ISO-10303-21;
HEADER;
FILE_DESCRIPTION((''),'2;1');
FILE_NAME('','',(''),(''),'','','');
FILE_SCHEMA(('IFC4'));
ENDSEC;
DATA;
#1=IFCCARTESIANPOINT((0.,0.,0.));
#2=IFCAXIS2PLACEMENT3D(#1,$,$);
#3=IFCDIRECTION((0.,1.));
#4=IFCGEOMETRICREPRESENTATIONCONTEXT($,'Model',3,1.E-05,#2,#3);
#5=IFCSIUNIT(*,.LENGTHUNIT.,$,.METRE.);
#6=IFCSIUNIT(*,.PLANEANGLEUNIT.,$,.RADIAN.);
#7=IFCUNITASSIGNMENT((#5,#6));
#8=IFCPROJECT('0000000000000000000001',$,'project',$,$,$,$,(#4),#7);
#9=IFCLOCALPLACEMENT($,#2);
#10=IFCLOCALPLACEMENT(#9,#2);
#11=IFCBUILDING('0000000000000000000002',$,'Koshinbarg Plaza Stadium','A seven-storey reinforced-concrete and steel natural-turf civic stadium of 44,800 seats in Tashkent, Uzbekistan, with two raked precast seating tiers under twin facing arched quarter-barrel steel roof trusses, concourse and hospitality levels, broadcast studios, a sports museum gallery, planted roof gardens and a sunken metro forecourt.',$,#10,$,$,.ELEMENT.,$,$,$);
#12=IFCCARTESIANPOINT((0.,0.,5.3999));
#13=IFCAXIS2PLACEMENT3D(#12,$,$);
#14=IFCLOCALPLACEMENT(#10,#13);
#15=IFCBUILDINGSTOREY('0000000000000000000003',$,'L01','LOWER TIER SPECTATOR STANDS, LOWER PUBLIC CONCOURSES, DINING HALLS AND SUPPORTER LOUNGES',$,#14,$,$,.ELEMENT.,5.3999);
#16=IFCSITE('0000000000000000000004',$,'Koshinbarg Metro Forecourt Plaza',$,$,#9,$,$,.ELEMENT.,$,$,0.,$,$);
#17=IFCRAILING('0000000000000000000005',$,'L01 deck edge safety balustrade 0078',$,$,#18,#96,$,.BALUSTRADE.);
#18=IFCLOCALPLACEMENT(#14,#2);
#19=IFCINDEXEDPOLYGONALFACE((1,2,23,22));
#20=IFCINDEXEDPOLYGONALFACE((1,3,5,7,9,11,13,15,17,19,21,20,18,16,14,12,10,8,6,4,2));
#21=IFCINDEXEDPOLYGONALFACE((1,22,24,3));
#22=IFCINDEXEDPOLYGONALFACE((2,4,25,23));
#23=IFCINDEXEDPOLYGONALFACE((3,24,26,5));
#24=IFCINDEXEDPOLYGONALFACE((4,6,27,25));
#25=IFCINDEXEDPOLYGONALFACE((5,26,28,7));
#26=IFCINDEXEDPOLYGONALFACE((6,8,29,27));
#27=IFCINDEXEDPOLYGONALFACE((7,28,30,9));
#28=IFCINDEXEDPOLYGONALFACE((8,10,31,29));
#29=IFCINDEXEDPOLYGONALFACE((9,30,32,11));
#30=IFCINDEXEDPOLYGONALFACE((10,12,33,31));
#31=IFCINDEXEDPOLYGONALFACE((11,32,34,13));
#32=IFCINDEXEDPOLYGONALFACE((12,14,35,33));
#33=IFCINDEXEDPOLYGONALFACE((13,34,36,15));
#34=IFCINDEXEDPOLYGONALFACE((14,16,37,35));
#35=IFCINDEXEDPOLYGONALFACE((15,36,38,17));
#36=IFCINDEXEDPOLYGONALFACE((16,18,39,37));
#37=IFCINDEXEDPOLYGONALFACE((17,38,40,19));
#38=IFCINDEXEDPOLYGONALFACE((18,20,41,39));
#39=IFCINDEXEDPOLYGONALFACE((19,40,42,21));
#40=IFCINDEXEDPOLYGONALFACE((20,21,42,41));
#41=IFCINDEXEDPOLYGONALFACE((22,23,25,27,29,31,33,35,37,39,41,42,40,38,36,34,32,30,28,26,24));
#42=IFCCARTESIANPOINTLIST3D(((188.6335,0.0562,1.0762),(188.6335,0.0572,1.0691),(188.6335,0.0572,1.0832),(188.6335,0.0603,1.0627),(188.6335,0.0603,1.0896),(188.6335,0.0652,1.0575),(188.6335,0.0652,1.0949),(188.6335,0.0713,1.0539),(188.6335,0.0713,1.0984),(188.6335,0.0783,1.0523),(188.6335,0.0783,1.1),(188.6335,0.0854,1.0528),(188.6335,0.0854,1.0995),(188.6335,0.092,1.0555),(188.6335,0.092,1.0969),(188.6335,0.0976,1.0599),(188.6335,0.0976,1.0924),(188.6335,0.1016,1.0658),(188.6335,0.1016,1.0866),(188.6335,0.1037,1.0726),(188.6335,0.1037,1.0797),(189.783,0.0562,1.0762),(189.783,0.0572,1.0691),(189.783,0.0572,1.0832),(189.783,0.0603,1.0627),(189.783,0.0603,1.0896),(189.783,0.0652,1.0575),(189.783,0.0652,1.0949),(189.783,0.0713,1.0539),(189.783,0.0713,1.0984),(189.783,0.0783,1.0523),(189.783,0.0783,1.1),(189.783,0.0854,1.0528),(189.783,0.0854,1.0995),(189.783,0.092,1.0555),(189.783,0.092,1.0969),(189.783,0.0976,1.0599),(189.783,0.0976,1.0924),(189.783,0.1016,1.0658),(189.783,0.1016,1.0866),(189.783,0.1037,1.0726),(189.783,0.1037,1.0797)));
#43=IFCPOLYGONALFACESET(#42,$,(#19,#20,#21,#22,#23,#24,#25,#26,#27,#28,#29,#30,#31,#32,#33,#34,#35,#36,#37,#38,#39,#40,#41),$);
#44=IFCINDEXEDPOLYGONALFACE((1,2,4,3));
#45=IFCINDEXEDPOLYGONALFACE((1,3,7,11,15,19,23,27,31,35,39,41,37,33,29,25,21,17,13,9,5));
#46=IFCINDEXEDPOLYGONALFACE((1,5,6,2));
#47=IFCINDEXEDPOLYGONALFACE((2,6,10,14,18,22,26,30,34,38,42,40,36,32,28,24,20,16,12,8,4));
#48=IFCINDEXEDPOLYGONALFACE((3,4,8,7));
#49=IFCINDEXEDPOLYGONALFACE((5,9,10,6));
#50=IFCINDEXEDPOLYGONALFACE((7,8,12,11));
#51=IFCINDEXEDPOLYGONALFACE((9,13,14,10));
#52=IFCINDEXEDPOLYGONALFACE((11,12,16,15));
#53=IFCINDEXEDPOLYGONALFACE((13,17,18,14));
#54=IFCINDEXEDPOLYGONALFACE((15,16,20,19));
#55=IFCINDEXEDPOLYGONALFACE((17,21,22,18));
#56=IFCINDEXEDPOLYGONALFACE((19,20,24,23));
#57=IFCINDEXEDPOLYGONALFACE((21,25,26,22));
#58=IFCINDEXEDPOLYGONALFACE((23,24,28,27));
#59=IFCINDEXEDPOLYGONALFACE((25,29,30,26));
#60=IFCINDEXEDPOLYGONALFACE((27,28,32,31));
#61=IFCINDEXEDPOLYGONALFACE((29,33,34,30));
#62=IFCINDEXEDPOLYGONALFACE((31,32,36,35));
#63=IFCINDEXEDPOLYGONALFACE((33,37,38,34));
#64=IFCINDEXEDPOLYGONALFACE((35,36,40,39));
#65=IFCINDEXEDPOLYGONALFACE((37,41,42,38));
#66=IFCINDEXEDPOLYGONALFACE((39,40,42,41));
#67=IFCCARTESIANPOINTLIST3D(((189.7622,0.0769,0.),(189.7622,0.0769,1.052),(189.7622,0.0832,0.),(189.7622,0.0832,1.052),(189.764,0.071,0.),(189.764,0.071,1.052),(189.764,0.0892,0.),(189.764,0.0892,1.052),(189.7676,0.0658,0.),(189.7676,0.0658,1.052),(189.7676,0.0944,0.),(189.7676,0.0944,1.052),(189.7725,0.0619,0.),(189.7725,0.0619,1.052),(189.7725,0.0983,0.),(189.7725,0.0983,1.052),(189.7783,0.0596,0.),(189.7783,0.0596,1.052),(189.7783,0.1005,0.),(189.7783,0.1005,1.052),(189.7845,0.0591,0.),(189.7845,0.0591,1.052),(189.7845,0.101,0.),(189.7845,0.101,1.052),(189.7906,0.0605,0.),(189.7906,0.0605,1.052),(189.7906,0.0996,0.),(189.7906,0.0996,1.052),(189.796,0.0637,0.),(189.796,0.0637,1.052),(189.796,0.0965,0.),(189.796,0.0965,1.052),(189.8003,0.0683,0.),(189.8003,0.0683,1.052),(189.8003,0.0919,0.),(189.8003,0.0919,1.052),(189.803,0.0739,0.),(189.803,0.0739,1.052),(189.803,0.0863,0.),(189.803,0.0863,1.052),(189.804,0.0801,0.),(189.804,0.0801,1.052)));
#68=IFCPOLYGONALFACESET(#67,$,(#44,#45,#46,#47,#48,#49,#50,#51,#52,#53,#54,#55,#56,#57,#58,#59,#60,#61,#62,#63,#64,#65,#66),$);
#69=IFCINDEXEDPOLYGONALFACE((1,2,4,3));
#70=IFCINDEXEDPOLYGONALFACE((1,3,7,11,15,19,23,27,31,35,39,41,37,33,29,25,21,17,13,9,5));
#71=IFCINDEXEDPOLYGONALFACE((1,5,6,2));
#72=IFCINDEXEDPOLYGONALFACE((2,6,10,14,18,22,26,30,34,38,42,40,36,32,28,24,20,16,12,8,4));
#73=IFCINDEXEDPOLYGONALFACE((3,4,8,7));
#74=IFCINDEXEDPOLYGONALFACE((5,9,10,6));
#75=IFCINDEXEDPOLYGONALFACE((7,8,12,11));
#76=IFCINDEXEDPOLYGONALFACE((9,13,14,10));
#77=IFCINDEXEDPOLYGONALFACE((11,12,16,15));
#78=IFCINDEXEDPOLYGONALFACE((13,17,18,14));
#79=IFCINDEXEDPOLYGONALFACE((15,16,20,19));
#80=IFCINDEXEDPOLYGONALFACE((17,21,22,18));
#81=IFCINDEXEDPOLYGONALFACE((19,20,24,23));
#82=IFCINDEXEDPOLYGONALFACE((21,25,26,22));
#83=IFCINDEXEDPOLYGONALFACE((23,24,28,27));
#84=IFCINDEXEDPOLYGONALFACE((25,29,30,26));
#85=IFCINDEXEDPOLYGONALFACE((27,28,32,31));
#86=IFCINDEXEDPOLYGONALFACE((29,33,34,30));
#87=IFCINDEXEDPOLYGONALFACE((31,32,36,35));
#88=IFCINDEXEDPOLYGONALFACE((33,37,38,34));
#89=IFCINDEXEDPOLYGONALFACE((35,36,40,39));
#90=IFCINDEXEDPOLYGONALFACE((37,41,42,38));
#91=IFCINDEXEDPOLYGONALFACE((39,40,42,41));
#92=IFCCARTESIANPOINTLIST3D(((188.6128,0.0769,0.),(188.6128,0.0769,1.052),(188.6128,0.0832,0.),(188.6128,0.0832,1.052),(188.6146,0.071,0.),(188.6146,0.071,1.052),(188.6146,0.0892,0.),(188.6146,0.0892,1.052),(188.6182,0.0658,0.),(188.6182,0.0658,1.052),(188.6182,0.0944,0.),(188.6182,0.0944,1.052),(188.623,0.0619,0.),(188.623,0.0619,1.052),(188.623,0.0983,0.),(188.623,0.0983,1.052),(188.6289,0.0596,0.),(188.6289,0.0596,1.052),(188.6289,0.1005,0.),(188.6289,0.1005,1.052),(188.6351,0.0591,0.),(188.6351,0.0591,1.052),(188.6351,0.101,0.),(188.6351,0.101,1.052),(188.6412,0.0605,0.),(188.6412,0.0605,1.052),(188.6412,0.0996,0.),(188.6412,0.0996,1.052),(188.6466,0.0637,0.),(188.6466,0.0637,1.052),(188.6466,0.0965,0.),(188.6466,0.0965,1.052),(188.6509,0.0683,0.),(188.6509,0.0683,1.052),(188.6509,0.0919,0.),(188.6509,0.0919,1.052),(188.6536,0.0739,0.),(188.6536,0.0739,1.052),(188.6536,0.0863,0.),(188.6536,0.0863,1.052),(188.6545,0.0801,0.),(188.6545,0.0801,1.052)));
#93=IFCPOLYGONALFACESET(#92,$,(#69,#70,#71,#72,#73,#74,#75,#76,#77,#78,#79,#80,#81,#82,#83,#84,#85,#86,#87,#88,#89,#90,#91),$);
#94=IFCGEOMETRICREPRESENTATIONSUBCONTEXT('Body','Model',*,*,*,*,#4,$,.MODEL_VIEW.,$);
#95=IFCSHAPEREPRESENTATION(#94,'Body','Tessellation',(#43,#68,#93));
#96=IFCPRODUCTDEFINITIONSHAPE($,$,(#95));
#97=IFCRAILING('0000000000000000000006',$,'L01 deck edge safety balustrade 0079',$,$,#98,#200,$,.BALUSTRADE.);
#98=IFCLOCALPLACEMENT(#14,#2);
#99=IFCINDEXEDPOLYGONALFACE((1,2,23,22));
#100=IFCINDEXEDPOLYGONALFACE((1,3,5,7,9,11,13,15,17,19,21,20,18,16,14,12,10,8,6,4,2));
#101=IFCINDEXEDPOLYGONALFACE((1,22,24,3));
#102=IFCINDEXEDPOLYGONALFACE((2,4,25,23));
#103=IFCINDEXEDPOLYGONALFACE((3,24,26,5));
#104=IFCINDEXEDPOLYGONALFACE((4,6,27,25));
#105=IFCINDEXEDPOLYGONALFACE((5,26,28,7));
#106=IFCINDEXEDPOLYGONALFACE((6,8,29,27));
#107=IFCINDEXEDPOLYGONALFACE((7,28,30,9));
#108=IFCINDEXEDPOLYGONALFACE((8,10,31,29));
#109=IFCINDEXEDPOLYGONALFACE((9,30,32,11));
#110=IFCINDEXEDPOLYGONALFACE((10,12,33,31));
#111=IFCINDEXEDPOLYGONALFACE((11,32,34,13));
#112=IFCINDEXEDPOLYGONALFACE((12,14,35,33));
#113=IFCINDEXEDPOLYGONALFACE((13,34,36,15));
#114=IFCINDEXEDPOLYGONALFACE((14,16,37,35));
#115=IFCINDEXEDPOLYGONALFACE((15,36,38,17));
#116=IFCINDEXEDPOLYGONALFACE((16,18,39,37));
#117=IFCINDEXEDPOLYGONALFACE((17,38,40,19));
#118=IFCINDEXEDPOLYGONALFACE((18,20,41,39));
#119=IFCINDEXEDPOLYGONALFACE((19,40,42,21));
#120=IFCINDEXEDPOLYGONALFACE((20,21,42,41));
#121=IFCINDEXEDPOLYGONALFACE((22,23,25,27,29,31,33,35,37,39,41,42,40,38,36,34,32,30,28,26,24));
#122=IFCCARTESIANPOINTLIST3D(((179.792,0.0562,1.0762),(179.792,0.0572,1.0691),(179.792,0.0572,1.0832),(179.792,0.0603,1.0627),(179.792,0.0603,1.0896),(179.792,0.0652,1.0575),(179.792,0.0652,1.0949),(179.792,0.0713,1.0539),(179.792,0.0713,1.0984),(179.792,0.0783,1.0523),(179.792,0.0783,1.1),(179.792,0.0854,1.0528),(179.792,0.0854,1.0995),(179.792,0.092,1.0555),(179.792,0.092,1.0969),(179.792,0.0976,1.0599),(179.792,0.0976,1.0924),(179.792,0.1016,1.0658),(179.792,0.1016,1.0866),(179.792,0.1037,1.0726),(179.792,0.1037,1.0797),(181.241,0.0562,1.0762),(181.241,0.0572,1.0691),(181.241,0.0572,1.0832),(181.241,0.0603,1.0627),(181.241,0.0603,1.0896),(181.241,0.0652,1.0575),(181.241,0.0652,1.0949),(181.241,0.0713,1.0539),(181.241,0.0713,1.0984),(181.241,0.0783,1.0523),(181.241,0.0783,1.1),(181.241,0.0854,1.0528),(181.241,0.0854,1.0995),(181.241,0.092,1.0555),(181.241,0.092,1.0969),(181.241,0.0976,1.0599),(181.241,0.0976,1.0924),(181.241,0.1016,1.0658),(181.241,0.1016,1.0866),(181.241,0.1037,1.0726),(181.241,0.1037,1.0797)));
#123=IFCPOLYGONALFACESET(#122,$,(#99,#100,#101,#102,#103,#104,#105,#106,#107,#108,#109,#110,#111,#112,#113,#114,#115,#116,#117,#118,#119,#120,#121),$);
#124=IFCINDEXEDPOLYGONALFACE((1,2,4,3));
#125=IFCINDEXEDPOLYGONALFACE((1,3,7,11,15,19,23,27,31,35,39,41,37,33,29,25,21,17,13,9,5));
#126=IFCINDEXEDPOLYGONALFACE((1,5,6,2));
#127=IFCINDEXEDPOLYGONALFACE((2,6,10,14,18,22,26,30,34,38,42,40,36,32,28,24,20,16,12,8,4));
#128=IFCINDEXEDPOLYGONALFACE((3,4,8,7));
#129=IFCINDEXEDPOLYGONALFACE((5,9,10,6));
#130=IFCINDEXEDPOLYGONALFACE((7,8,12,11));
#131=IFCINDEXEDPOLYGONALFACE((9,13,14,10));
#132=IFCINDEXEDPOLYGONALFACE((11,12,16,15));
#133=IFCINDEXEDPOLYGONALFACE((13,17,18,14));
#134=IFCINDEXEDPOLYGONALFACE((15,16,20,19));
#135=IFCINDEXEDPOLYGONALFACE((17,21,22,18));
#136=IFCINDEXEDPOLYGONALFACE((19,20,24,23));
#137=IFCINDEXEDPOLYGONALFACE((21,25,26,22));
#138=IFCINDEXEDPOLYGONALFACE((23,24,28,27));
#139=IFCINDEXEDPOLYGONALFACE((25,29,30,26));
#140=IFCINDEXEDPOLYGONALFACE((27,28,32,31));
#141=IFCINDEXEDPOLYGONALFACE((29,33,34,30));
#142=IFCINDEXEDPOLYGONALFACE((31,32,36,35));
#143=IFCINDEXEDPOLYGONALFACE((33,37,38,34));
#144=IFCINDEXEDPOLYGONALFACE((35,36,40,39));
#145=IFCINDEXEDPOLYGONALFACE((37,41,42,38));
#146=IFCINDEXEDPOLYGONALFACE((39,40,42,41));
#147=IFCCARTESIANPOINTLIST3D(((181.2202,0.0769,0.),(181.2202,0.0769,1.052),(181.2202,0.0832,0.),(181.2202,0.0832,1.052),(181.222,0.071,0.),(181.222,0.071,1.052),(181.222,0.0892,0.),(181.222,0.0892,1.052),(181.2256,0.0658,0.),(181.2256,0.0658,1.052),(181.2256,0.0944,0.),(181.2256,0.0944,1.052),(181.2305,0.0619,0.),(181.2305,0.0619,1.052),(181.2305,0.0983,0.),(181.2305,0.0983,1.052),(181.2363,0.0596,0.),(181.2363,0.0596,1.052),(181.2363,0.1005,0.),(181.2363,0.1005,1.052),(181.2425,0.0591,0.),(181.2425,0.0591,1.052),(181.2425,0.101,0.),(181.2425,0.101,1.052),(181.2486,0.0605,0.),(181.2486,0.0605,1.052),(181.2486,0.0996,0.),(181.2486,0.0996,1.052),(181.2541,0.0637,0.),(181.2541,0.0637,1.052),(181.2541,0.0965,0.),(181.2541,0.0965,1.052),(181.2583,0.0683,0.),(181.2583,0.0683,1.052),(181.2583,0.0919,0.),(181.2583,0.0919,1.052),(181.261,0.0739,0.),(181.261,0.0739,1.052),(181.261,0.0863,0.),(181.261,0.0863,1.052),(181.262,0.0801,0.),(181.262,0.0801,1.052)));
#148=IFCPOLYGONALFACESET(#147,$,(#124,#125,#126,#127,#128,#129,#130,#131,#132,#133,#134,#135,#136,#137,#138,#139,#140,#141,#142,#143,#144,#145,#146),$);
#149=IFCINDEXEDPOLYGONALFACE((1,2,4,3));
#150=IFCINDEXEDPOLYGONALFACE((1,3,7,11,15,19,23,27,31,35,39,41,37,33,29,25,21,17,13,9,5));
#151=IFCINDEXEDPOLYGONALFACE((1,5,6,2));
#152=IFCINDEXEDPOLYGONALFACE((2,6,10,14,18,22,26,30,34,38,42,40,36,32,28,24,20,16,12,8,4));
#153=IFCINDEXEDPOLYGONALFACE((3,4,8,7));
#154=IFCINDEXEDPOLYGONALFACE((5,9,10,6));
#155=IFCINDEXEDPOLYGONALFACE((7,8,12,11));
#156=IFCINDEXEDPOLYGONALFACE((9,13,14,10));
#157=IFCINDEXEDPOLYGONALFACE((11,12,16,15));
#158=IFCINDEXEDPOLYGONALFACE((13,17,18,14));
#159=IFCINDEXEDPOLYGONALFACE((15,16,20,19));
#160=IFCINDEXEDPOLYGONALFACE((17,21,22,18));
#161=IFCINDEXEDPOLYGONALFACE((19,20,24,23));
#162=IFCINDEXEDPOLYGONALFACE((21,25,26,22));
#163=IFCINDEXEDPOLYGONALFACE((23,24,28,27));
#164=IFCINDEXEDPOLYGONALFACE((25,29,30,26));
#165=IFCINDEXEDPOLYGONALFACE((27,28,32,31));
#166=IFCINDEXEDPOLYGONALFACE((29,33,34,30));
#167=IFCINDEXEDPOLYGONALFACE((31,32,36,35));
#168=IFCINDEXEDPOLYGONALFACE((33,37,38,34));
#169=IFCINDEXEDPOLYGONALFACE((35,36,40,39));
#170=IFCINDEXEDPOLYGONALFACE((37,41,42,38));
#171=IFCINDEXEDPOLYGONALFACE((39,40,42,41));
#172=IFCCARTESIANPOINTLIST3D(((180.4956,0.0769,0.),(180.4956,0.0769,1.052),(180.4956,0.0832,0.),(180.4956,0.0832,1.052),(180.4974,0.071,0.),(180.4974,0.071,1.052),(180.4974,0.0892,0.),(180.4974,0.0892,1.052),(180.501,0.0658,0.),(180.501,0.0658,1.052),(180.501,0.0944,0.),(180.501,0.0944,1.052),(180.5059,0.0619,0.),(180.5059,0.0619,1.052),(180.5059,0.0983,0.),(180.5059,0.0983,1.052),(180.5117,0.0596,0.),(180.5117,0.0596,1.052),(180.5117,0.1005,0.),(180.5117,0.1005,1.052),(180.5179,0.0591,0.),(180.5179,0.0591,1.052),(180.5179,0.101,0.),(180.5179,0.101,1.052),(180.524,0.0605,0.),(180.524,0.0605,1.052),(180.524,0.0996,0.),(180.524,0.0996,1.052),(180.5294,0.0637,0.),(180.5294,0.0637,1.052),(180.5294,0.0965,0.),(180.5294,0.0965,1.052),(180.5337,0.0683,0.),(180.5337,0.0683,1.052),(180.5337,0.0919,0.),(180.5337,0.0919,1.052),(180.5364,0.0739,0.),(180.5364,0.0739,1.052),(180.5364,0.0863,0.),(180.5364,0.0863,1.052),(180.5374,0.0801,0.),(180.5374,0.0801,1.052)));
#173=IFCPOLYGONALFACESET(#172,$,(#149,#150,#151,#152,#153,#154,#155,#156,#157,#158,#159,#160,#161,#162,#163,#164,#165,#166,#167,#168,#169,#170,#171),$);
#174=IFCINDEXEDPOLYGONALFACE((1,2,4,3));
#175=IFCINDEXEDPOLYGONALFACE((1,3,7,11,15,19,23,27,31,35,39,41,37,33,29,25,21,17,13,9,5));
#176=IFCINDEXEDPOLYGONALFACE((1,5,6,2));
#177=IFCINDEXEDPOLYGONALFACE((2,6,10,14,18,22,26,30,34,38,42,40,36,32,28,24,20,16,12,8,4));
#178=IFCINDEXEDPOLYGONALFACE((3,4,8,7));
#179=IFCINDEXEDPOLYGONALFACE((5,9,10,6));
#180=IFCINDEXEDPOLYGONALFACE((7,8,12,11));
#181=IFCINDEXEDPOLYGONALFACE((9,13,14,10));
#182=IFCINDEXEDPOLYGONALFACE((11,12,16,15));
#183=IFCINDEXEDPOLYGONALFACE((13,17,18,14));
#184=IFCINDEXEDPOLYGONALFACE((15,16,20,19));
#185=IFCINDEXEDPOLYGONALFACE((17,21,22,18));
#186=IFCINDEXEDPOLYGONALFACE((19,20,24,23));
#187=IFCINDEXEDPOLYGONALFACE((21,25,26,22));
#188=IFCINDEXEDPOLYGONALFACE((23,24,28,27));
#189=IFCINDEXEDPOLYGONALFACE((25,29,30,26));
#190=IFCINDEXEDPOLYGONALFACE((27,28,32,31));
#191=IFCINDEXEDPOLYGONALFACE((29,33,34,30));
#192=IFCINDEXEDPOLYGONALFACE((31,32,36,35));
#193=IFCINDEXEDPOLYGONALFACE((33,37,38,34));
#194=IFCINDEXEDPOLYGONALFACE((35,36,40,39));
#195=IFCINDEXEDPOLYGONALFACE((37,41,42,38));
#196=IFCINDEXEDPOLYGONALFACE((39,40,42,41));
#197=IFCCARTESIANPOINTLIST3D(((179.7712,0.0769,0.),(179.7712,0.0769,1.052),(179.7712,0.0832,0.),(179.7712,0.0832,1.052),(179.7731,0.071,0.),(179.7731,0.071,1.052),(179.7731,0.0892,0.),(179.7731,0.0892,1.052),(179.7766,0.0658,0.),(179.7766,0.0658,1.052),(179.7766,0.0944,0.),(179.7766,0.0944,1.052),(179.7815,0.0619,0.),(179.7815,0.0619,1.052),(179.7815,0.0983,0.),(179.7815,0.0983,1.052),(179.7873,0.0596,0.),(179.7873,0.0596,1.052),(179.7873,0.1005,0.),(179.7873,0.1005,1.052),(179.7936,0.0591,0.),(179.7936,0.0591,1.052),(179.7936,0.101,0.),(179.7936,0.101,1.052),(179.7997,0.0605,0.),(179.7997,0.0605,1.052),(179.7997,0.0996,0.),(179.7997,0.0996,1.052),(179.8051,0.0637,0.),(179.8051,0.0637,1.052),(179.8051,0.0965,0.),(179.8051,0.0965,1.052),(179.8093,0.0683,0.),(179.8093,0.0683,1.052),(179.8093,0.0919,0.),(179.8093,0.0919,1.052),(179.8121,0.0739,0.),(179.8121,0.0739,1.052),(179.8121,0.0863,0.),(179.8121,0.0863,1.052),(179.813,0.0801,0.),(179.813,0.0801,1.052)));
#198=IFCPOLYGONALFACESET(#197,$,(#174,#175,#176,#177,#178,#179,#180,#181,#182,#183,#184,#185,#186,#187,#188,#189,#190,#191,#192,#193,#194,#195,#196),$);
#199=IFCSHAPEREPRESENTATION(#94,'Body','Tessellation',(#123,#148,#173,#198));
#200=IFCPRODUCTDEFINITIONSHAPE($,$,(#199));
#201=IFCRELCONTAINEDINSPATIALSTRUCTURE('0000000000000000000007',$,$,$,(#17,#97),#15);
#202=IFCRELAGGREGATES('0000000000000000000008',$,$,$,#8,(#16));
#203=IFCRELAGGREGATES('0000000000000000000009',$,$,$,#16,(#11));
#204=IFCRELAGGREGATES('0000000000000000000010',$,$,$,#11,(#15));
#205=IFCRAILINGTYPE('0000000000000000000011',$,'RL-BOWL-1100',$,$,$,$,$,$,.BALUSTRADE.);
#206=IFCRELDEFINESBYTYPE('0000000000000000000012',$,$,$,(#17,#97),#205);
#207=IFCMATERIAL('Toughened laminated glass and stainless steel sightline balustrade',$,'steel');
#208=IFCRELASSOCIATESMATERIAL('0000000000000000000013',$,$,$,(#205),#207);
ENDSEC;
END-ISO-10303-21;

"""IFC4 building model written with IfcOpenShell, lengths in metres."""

from ifc_helpers import new_model, si_unit, direction, frame, origin, origin_2d, place, context, subcontext, project, spatial, circle, extrude, material, type_object, element, save


model = new_model("IFC4")

# Units and contexts
model_context = context("Model", 3, precision=1e-05, world=origin(), true_north=direction((0.0, 1.0)))
body_context = subcontext(model_context, "Body", "Model", "MODEL_VIEW")
ifc_project = project(units=[si_unit("LENGTHUNIT", "METRE"), si_unit("PLANEANGLEUNIT", "RADIAN")], contexts=[model_context])

# Site, building, storey
site_placement = place(None, origin())
site = spatial("IfcSite", under=ifc_project, at=site_placement, Name="Koshinbarg Metro Forecourt Plaza", CompositionType="ELEMENT", RefElevation=0.0)
building_placement = place(site_placement, origin())
building = spatial("IfcBuilding", under=site, at=building_placement, Name="Koshinbarg Plaza Stadium", Description="A seven-storey reinforced-concrete and steel natural-turf civic stadium of 44,800 seats in Tashkent, Uzbekistan, with two raked precast seating tiers under twin facing arched quarter-barrel steel roof trusses, concourse and hospitality levels, broadcast studios, a sports museum gallery, planted roof gardens and a sunken metro forecourt.", CompositionType="ELEMENT")
storey_placement = place(building_placement, frame((0.0, 0.0, 5.3999)))
storey = spatial("IfcBuildingStorey", under=building, at=storey_placement, Name="L01", Description="LOWER TIER SPECTATOR STANDS, LOWER PUBLIC CONCOURSES, DINING HALLS AND SUPPORTER LOUNGES", CompositionType="ELEMENT", Elevation=5.3999)

# Railings
ifc_material_1 = material(Name="Toughened laminated glass and stainless steel sightline balustrade", Category="steel")
railing_type = type_object("IfcRailingType", Name="RL-BOWL-1100", PredefinedType="BALUSTRADE", material=ifc_material_1)
railing_1_placement = place(storey_placement, frame((189.783, 0.0801, 0.0)))
element("IfcRailing", 1, at=railing_1_placement, inside=storey, type_object=railing_type, Name="L01 deck edge safety balustrade 0078", PredefinedType="BALUSTRADE", context=body_context, shape_type="SweptSolid", body=[
    extrude(circle(Radius=0.0239, at=origin_2d()), frame((0.0, 0.0, 1.0762), z_axis=(-1.0, 0.0, 0.0), x_axis=(0.0, -1.0, 0.0)), (0.0, 0.0, 1.0), 1.1494),
    extrude(circle(Radius=0.021, at=origin_2d()), origin(), (0.0, 0.0, 1.0), 1.052),
    extrude(circle(Radius=0.021, at=origin_2d()), frame((-1.1494, 0.0, 0.0)), (0.0, 0.0, 1.0), 1.052),
])
railing_2_placement = place(storey_placement, frame((181.241, 0.0801, 0.0)))
element("IfcRailing", 2, at=railing_2_placement, inside=storey, type_object=railing_type, Name="L01 deck edge safety balustrade 0079", PredefinedType="BALUSTRADE", context=body_context, shape_type="SweptSolid", body=[
    extrude(circle(Radius=0.0239, at=origin_2d()), frame((0.0, 0.0, 1.0762), z_axis=(-1.0, 0.0, 0.0), x_axis=(0.0, -1.0, 0.0)), (0.0, 0.0, 1.0), 1.449),
    extrude(circle(Radius=0.021, at=origin_2d()), origin(), (0.0, 0.0, 1.0), 1.052),
    extrude(circle(Radius=0.021, at=origin_2d()), frame((-0.7246, 0.0, 0.0)), (0.0, 0.0, 1.0), 1.052),
    extrude(circle(Radius=0.021, at=origin_2d()), frame((-1.449, 0.0, 0.0)), (0.0, 0.0, 1.0), 1.052),
])

save(model, "model.ifc")
